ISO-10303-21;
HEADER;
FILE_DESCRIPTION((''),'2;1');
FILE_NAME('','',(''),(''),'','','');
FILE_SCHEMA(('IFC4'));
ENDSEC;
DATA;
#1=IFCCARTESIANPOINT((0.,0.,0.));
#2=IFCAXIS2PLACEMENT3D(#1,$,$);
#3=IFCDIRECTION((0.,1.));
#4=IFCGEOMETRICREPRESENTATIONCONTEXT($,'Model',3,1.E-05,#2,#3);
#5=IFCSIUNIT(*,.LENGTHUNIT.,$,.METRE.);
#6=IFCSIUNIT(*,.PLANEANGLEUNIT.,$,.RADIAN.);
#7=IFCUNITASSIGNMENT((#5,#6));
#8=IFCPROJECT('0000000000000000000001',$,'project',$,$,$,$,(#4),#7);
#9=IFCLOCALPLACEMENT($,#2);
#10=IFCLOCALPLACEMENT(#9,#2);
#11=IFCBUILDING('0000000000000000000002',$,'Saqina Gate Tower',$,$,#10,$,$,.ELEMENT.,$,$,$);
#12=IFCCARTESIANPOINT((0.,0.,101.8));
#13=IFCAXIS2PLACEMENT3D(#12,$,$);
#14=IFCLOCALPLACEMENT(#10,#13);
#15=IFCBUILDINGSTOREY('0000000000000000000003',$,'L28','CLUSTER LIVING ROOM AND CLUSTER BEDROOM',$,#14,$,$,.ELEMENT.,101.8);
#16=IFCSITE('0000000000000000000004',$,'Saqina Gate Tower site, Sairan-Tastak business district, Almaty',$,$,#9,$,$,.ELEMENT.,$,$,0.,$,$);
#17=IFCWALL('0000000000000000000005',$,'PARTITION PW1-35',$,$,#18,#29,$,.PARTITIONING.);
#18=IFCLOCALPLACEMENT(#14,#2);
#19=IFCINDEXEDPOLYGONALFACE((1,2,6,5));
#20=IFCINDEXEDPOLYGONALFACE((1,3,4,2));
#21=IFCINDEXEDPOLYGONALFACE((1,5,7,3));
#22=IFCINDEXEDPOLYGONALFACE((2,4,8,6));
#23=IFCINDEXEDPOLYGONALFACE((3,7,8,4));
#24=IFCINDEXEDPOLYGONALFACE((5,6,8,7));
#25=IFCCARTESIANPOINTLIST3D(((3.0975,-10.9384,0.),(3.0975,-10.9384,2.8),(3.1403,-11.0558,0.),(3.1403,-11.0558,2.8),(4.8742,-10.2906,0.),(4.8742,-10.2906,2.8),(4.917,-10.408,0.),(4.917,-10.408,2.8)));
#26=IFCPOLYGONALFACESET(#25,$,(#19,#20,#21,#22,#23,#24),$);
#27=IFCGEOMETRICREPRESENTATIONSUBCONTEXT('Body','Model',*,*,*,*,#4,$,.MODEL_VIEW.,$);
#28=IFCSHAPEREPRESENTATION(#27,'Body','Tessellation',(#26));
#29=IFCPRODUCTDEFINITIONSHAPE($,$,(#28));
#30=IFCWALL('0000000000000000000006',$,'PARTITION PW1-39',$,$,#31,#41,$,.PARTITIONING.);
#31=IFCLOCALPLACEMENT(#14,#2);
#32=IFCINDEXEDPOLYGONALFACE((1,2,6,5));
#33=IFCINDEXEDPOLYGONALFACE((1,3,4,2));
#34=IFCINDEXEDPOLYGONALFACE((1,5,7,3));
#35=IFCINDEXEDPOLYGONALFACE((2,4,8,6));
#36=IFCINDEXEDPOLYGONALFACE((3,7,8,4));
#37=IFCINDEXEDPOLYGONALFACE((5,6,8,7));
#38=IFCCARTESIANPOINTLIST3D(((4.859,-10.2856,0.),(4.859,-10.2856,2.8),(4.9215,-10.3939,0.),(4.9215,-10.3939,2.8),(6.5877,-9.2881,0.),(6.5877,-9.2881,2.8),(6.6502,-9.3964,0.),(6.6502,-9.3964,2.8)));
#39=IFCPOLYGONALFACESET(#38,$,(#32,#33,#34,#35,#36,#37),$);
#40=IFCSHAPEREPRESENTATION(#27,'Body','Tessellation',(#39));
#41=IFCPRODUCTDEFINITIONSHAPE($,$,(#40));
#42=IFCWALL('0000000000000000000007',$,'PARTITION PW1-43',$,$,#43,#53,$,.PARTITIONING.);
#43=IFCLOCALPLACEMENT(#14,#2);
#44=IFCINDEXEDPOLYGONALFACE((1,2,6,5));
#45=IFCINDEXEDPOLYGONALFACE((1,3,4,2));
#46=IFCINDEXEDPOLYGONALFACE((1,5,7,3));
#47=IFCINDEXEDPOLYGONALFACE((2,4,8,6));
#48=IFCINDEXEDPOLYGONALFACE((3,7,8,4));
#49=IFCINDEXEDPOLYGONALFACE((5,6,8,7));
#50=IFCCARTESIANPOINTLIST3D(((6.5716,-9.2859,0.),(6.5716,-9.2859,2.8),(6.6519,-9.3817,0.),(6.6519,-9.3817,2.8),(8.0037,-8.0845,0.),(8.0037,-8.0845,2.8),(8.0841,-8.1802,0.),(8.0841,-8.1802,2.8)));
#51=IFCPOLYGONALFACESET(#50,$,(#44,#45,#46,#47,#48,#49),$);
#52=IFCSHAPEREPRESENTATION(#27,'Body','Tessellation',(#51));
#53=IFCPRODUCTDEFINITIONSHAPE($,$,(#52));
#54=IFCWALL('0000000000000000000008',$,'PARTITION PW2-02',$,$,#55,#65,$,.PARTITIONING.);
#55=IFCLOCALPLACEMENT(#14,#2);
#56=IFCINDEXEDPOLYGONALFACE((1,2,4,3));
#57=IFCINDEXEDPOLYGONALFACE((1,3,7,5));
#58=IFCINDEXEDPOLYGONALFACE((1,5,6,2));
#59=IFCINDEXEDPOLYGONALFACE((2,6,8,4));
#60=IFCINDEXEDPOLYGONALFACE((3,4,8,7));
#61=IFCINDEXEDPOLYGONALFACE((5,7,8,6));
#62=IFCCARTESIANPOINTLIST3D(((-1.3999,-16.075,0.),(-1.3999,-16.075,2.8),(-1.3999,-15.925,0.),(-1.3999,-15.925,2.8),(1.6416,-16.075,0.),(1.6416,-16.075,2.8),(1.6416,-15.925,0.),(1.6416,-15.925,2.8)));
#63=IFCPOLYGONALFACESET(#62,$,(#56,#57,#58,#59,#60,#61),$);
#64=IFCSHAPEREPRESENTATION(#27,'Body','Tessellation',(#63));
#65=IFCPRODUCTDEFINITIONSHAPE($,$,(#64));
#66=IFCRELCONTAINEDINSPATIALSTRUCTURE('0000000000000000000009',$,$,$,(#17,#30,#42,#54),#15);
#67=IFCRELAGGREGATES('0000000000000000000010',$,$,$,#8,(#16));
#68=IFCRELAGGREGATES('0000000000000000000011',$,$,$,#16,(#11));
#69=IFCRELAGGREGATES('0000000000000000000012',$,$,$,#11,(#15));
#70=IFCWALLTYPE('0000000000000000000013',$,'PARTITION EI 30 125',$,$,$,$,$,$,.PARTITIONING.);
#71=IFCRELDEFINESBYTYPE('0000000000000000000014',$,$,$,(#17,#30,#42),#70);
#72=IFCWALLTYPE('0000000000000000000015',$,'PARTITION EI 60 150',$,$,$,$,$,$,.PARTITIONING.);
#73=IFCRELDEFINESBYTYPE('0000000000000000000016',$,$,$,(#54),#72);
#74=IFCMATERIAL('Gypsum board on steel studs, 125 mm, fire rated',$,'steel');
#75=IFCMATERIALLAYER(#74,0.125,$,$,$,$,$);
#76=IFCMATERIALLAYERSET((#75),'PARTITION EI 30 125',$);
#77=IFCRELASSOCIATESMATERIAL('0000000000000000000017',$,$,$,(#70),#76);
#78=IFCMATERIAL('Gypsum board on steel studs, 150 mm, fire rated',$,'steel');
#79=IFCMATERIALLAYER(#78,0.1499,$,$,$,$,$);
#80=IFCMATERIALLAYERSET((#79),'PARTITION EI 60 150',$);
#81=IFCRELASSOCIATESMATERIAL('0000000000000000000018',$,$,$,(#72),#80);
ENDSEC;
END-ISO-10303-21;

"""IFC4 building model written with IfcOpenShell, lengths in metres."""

from ifc_helpers import new_model, si_unit, direction, frame, frame_2d, origin, place, context, subcontext, project, spatial, rectangle, extrude, material, layer, layer_set, type_object, element, save


model = new_model("IFC4")

# Units and contexts
model_context = context("Model", 3, precision=1e-05, world=origin(), true_north=direction((0.0, 1.0)))
body_context = subcontext(model_context, "Body", "Model", "MODEL_VIEW")
ifc_project = project(units=[si_unit("LENGTHUNIT", "METRE"), si_unit("PLANEANGLEUNIT", "RADIAN")], contexts=[model_context])

# Site, building, storey
site_placement = place(None, origin())
site = spatial("IfcSite", under=ifc_project, at=site_placement, Name="Saqina Gate Tower site, Sairan-Tastak business district, Almaty", CompositionType="ELEMENT", RefElevation=0.0)
building_placement = place(site_placement, origin())
building = spatial("IfcBuilding", under=site, at=building_placement, Name="Saqina Gate Tower", CompositionType="ELEMENT")
storey_placement = place(building_placement, frame((0.0, 0.0, 101.8)))
storey = spatial("IfcBuildingStorey", under=building, at=storey_placement, Name="L28", Description="CLUSTER LIVING ROOM AND CLUSTER BEDROOM", CompositionType="ELEMENT", Elevation=101.8)

# Shared definitions
ifc_material_1 = material(Name="Gypsum board on steel studs, 125 mm, fire rated", Category="steel")
ifc_layer_1 = layer(ifc_material_1, 0.125)
ifc_layer_set_1 = layer_set([ifc_layer_1], Name="PARTITION EI 30 125")
wall_type_1 = type_object("IfcWallType", Name="PARTITION EI 30 125", PredefinedType="PARTITIONING", material=ifc_layer_set_1)

# Walls
wall_1_placement = place(storey_placement, frame((3.1189, -10.9971, 0.0), z_axis=(0.0, 0.0, 1.0), x_axis=(0.93951, 0.34252, 0.0)))
element("IfcWall", 1, at=wall_1_placement, inside=storey, type_object=wall_type_1, Name="PARTITION PW1-35", PredefinedType="PARTITIONING", context=body_context, shape_type="SweptSolid", body=[
    extrude(rectangle(XDim=1.8911, YDim=0.125, at=frame_2d((0.9456, 0.0))), origin(), (0.0, 0.0, 1.0), 2.8),
])
wall_2_placement = place(storey_placement, frame((4.8901, -10.3398, 0.0), z_axis=(0.0, 0.0, 1.0), x_axis=(0.866143, 0.499797, 0.0)))
element("IfcWall", 2, at=wall_2_placement, inside=storey, type_object=wall_type_1, Name="PARTITION PW1-39", PredefinedType="PARTITIONING", context=body_context, shape_type="SweptSolid", body=[
    extrude(rectangle(XDim=1.9958, YDim=0.125, at=frame_2d((0.998, 0.0))), origin(), (0.0, 0.0, 1.0), 2.8),
])
wall_3_placement = place(storey_placement, frame((6.6118, -9.3337, 0.0), z_axis=(0.0, 0.0, 1.0), x_axis=(0.766119, 0.642699, 0.0)))
element("IfcWall", 3, at=wall_3_placement, inside=storey, type_object=wall_type_1, Name="PARTITION PW1-43", PredefinedType="PARTITIONING", context=body_context, shape_type="SweptSolid", body=[
    extrude(rectangle(XDim=1.8694, YDim=0.125, at=frame_2d((0.9346, 0.0))), origin(), (0.0, 0.0, 1.0), 2.8),
])
ifc_material_2 = material(Name="Gypsum board on steel studs, 150 mm, fire rated", Category="steel")
ifc_layer_2 = layer(ifc_material_2, 0.1499)
ifc_layer_set_2 = layer_set([ifc_layer_2], Name="PARTITION EI 60 150")
wall_type_2 = type_object("IfcWallType", Name="PARTITION EI 60 150", PredefinedType="PARTITIONING", material=ifc_layer_set_2)
wall_4_placement = place(storey_placement, frame((-1.3999, -16.0, 0.0), z_axis=(0.0, 0.0, 1.0), x_axis=(1.0, 0.0, 0.0)))
element("IfcWall", 4, at=wall_4_placement, inside=storey, type_object=wall_type_2, Name="PARTITION PW2-02", PredefinedType="PARTITIONING", context=body_context, shape_type="SweptSolid", body=[
    extrude(rectangle(XDim=3.0415, YDim=0.1499, at=frame_2d((1.5208, 0.0))), origin(), (0.0, 0.0, 1.0), 2.8),
])

save(model, "model.ifc")
